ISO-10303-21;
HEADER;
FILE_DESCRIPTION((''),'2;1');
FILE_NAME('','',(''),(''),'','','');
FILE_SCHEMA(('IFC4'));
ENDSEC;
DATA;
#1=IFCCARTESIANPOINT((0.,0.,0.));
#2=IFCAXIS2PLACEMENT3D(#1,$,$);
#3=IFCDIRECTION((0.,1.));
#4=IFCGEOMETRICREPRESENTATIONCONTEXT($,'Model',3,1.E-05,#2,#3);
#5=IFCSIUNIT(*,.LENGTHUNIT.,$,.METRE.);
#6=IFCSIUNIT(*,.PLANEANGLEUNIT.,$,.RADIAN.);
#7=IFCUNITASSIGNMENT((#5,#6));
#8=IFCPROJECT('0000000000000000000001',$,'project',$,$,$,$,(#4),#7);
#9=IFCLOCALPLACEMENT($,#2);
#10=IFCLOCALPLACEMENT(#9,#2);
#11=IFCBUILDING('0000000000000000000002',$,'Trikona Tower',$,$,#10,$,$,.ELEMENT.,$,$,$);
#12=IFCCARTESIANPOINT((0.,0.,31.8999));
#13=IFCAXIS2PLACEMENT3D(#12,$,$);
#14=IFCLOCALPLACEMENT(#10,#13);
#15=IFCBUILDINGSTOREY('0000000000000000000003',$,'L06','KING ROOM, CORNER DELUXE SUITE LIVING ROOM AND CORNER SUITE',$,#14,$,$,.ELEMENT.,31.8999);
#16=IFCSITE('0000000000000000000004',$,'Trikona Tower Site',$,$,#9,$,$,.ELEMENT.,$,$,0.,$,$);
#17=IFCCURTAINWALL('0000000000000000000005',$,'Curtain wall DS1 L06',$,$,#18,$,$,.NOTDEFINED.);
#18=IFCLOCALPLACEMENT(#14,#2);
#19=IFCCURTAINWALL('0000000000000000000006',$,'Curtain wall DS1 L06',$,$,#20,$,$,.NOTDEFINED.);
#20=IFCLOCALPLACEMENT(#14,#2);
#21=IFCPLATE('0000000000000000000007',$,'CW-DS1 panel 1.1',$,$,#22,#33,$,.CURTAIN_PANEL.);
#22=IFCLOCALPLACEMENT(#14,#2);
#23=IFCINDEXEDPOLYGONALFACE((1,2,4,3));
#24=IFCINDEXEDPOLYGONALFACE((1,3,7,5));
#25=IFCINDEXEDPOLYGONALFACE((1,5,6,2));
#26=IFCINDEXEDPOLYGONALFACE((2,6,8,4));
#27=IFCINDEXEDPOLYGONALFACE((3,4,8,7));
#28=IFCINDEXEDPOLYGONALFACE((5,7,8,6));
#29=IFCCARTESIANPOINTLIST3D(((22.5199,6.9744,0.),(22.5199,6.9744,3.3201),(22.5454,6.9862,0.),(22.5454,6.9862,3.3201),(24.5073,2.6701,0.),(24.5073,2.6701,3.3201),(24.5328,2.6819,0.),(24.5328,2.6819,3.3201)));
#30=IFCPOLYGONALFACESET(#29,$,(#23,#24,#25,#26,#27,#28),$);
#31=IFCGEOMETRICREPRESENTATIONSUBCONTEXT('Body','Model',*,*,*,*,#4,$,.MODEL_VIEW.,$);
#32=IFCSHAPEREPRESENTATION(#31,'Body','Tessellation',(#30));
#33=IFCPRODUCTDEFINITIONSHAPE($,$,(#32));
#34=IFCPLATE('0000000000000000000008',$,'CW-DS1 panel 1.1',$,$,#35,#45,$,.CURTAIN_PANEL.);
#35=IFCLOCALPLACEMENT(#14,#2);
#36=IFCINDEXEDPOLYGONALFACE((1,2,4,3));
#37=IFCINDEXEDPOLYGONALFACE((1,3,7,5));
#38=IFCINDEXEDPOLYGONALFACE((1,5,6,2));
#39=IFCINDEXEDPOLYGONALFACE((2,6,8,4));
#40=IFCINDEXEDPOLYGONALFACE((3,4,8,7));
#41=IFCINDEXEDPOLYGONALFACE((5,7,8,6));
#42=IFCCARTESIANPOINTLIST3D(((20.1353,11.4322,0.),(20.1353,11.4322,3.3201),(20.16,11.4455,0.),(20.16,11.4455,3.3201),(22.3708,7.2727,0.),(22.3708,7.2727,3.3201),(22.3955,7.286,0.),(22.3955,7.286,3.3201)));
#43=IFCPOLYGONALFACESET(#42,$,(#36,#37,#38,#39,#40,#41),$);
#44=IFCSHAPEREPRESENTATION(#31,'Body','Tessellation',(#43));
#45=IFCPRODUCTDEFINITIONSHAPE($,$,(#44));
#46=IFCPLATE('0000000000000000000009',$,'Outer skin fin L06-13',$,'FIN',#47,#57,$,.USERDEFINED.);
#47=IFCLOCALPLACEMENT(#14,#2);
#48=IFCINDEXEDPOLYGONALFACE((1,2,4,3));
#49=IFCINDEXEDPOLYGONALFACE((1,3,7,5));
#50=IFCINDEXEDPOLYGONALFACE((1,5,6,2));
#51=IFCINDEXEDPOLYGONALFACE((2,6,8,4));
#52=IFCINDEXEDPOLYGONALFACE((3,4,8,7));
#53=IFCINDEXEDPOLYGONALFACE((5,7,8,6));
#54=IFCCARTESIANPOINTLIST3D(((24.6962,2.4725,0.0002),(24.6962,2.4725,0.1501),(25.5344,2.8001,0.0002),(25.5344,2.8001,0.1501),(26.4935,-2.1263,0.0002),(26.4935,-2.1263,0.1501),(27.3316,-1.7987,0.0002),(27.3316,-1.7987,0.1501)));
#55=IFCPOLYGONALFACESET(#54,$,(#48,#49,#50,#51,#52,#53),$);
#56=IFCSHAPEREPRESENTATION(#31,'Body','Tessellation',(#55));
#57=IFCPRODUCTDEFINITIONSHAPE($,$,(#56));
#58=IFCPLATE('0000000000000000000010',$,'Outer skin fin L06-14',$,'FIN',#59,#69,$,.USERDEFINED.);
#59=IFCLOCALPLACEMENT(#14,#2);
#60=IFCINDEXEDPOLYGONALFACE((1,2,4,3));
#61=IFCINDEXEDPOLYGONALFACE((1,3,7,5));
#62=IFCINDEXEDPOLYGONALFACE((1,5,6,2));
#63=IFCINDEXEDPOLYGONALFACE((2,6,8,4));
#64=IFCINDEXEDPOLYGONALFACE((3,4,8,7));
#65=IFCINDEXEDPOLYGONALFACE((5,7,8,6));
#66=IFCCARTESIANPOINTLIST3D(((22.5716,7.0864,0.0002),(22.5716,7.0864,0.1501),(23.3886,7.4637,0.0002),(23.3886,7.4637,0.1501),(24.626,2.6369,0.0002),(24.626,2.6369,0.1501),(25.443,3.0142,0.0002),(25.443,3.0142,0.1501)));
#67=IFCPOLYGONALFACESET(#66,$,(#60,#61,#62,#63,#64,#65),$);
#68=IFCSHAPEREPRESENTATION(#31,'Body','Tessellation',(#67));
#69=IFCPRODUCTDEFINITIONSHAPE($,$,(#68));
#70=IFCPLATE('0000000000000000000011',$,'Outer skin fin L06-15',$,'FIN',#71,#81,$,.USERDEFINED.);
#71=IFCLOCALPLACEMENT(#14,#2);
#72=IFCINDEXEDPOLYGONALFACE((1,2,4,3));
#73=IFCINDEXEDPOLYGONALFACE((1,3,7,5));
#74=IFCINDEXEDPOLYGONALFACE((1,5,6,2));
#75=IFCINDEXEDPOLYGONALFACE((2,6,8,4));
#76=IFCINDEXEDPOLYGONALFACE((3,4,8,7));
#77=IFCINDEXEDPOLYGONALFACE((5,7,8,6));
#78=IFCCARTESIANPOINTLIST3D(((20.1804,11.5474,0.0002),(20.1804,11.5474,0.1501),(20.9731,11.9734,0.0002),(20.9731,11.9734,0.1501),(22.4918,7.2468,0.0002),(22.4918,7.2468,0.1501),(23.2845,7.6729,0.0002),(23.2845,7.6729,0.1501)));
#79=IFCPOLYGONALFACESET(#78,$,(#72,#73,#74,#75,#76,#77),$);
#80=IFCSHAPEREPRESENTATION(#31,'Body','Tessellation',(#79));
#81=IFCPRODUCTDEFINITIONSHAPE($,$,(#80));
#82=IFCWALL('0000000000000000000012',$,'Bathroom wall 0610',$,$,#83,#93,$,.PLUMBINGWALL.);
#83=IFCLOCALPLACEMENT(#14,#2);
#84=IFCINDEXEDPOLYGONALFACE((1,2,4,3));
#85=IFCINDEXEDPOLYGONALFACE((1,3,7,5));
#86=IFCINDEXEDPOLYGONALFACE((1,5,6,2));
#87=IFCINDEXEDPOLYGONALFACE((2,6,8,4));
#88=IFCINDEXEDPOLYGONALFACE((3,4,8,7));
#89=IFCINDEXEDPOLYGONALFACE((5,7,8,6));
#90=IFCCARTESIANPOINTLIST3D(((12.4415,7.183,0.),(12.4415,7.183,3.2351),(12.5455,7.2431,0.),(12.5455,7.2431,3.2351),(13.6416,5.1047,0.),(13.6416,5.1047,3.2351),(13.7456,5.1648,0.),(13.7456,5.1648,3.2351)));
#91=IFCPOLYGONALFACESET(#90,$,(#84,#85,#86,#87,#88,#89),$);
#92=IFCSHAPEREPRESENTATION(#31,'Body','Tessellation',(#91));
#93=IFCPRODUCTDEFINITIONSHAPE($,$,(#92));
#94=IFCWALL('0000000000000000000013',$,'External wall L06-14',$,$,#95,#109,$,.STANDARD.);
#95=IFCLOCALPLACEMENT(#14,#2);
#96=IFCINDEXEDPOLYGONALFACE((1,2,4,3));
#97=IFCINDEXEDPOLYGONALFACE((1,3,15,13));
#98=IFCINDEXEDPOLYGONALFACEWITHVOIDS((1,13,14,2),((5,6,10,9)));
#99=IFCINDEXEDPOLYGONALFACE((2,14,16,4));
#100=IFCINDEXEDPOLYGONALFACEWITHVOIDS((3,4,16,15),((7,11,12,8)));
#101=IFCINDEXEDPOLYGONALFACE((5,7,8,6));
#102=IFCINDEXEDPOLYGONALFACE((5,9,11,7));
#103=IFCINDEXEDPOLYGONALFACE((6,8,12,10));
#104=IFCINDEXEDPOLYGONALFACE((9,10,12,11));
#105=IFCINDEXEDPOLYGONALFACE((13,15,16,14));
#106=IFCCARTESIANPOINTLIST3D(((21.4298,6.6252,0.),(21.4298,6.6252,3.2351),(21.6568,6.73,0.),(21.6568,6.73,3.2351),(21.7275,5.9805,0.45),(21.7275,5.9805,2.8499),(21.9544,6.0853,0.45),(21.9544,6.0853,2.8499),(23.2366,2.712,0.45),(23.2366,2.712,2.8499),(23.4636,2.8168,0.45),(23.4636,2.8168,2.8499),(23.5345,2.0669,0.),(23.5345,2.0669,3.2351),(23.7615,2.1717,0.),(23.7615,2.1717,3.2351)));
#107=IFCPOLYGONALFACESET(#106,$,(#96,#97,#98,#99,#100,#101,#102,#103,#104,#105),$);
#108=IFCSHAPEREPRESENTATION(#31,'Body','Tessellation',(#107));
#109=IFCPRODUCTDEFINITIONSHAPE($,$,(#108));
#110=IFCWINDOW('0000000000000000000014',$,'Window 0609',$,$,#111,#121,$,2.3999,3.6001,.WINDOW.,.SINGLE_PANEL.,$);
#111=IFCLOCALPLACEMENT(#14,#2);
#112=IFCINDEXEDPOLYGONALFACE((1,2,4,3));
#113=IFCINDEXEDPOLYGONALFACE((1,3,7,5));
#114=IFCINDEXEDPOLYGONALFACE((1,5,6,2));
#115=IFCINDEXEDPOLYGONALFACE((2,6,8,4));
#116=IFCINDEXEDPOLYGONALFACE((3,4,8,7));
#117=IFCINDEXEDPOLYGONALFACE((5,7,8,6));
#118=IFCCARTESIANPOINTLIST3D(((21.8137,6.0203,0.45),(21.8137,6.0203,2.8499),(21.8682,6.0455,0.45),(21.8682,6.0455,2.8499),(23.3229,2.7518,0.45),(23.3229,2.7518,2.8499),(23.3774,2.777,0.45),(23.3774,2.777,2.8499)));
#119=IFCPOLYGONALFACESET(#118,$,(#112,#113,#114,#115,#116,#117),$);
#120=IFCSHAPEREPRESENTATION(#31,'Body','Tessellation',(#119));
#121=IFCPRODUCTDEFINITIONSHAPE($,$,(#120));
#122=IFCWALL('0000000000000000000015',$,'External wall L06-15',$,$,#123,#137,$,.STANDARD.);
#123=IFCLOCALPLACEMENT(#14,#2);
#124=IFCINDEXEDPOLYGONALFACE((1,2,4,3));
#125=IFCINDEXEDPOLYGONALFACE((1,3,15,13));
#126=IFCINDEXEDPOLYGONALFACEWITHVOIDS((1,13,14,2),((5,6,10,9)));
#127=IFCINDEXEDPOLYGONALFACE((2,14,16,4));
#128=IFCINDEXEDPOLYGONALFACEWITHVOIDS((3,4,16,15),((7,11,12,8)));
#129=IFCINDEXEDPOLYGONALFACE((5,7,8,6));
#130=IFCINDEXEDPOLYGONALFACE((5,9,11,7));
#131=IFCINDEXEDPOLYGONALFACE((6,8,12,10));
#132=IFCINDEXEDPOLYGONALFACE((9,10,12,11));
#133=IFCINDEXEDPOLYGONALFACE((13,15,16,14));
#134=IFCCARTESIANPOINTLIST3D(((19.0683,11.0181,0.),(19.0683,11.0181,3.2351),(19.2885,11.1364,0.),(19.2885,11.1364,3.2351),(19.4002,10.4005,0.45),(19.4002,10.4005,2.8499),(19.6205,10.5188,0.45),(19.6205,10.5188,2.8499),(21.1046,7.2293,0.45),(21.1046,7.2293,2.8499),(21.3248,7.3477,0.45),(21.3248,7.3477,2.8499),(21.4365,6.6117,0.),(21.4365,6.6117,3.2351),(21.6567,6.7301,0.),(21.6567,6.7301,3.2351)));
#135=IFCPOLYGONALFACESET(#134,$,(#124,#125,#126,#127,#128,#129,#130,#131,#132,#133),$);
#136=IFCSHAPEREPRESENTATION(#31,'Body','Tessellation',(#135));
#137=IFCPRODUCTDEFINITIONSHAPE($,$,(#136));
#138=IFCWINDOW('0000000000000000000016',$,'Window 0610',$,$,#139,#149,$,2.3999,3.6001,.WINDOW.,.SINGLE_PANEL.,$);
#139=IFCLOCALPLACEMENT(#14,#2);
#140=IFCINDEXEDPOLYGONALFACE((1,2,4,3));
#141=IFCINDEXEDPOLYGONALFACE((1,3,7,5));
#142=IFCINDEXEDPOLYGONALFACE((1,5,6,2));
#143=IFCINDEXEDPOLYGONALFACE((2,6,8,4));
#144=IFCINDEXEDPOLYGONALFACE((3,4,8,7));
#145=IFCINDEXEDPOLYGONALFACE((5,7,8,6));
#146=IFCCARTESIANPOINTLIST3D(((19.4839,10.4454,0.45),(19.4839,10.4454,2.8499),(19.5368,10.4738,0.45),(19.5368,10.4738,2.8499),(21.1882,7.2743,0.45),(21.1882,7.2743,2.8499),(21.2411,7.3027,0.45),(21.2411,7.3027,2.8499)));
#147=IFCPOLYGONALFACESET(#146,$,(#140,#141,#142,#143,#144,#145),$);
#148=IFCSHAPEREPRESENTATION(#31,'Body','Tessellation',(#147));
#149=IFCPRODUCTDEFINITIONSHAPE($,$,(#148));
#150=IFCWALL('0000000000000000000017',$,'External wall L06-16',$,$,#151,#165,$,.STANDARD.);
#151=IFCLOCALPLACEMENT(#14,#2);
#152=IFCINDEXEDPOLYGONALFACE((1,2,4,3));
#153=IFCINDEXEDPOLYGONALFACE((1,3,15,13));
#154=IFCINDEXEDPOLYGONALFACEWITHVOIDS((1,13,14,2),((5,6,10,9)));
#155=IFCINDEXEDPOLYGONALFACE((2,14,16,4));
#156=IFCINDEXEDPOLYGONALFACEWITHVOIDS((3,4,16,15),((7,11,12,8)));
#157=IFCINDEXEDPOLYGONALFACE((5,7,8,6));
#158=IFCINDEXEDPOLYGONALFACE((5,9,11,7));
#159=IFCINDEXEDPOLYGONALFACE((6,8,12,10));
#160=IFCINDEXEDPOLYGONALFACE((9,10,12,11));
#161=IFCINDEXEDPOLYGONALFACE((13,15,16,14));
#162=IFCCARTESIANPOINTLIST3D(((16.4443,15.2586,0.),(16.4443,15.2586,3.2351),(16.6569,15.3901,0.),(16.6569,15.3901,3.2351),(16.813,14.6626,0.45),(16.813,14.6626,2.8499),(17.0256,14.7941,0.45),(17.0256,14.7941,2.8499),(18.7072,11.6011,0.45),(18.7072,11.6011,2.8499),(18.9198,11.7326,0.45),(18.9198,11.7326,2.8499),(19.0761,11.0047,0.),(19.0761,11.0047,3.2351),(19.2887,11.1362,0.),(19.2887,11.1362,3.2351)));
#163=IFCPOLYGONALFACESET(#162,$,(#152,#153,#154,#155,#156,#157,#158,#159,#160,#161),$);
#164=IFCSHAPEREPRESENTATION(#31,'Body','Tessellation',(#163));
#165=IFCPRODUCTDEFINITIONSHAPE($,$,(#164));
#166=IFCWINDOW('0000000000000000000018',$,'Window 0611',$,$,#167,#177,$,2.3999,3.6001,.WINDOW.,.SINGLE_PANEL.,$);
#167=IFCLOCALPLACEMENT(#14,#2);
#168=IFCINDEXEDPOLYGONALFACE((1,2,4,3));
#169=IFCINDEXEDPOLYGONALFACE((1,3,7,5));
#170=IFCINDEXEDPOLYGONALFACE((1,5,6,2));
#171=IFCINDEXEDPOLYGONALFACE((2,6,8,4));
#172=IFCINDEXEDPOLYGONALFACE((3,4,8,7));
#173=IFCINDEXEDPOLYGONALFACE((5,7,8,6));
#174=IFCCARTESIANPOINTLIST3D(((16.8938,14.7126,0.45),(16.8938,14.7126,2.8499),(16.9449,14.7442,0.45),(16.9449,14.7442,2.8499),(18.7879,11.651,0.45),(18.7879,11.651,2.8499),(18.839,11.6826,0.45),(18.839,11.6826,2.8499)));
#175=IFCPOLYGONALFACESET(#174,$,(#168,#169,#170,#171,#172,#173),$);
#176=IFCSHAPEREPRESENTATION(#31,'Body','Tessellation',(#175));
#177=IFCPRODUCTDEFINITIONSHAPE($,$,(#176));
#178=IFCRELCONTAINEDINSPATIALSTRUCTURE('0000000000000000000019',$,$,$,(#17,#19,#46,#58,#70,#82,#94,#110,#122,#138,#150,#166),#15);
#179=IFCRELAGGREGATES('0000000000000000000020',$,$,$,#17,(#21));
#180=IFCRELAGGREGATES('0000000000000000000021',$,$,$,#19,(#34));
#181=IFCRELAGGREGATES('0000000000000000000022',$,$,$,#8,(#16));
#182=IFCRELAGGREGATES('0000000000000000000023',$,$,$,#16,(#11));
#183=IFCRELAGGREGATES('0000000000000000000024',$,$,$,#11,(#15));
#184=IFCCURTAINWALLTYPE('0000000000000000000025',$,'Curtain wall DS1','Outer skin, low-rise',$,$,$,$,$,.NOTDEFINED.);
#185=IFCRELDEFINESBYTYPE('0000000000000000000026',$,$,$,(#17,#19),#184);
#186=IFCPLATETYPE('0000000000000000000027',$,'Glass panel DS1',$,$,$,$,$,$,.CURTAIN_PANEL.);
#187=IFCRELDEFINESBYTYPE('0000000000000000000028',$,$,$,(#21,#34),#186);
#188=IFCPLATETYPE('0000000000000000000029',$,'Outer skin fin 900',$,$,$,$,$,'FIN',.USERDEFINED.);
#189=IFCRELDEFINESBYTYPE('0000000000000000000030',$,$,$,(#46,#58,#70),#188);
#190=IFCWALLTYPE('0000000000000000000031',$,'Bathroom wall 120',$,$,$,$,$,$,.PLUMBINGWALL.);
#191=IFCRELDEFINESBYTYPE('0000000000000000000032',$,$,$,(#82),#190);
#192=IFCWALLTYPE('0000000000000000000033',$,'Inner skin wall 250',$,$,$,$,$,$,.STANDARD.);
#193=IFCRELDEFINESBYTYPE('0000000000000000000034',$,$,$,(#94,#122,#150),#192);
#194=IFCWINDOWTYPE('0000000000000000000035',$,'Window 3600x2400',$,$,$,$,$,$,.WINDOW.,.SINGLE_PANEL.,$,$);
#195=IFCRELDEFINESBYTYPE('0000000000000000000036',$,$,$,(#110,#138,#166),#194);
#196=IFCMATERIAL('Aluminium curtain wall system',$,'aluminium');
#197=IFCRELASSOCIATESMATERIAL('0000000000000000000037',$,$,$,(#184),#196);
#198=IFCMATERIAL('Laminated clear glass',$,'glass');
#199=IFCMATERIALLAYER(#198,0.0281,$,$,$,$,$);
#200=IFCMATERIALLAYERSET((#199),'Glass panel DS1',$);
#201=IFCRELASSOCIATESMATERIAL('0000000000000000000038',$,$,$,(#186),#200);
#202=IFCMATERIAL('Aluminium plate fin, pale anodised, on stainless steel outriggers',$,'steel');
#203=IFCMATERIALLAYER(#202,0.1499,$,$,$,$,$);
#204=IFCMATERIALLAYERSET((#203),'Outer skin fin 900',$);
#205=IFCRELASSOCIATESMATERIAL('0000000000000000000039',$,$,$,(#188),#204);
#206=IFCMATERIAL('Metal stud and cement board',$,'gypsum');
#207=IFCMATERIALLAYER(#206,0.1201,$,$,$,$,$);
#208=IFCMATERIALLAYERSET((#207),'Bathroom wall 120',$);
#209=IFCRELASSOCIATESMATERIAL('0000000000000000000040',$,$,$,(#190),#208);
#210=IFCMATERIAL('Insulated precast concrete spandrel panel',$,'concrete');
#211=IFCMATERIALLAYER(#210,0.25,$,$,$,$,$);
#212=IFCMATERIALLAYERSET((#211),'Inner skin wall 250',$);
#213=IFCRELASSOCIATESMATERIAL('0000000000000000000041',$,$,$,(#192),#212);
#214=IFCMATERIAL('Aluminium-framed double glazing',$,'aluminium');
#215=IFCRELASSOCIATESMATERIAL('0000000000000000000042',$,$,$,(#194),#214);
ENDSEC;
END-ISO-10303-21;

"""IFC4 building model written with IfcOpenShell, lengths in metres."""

from ifc_helpers import new_model, si_unit, direction, frame, frame_2d, origin, origin_2d, place, context, subcontext, project, spatial, rectangle, extrude, material, layer, layer_set, type_object, element, fill, aggregate, save


model = new_model("IFC4")

# Units and contexts
model_context = context("Model", 3, precision=1e-05, world=origin(), true_north=direction((0.0, 1.0)))
body_context = subcontext(model_context, "Body", "Model", "MODEL_VIEW")
ifc_project = project(units=[si_unit("LENGTHUNIT", "METRE"), si_unit("PLANEANGLEUNIT", "RADIAN")], contexts=[model_context])

# Site, building, storey
site_placement = place(None, origin())
site = spatial("IfcSite", under=ifc_project, at=site_placement, Name="Trikona Tower Site", CompositionType="ELEMENT", RefElevation=0.0)
building_placement = place(site_placement, origin())
building = spatial("IfcBuilding", under=site, at=building_placement, Name="Trikona Tower", CompositionType="ELEMENT")
storey_placement = place(building_placement, frame((0.0, 0.0, 31.8999)))
storey = spatial("IfcBuildingStorey", under=building, at=storey_placement, Name="L06", Description="KING ROOM, CORNER DELUXE SUITE LIVING ROOM AND CORNER SUITE", CompositionType="ELEMENT", Elevation=31.8999)

# Shared definitions
ifc_material_1 = material(Name="Aluminium curtain wall system", Category="aluminium")
curtain_wall_type = type_object("IfcCurtainWallType", Name="Curtain wall DS1", Description="Outer skin, low-rise", PredefinedType="NOTDEFINED", material=ifc_material_1)

# Curtain wall
curtain_wall_1_placement = place(storey_placement, origin())
curtain_wall_1 = element("IfcCurtainWall", 1, at=curtain_wall_1_placement, inside=storey, type_object=curtain_wall_type, Name="Curtain wall DS1 L06", PredefinedType="NOTDEFINED")

# Curtain wall
curtain_wall_2_placement = place(storey_placement, origin())
curtain_wall_2 = element("IfcCurtainWall", 2, at=curtain_wall_2_placement, inside=storey, type_object=curtain_wall_type, Name="Curtain wall DS1 L06", PredefinedType="NOTDEFINED")

# Plates
ifc_material_2 = material(Name="Laminated clear glass", Category="glass")
ifc_layer_1 = layer(ifc_material_2, 0.0281)
ifc_layer_set_1 = layer_set([ifc_layer_1], Name="Glass panel DS1")
plate_type_1 = type_object("IfcPlateType", Name="Glass panel DS1", PredefinedType="CURTAIN_PANEL", material=ifc_layer_set_1)
plate_1_placement = place(storey_placement, frame((23.5264, 4.8281, 0.0), z_axis=(0.0, 0.0, 1.0), x_axis=(-0.41919, 0.907898, 0.0)))
plate_1 = element("IfcPlate", 3, at=plate_1_placement, type_object=plate_type_1, Name="CW-DS1 panel 1.1", PredefinedType="CURTAIN_PANEL", context=body_context, shape_type="SweptSolid", body=[
    extrude(rectangle(XDim=4.741, YDim=0.0281, at=origin_2d()), origin(), (0.0, 0.0, 1.0), 3.3201),
])
aggregate(curtain_wall_1, [plate_1])
plate_2_placement = place(storey_placement, frame((21.2654, 9.3591, 0.0), z_axis=(0.0, 0.0, 1.0), x_axis=(-0.473408, 0.880843, 0.0)))
plate_2 = element("IfcPlate", 4, at=plate_2_placement, type_object=plate_type_1, Name="CW-DS1 panel 1.1", PredefinedType="CURTAIN_PANEL", context=body_context, shape_type="SweptSolid", body=[
    extrude(rectangle(XDim=4.7222, YDim=0.0281, at=origin_2d()), origin(), (0.0, 0.0, 1.0), 3.3201),
])
aggregate(curtain_wall_2, [plate_2])

# Plates
ifc_material_3 = material(Name="Aluminium plate fin, pale anodised, on stainless steel outriggers", Category="steel")
ifc_layer_2 = layer(ifc_material_3, 0.1499)
ifc_layer_set_2 = layer_set([ifc_layer_2], Name="Outer skin fin 900")
plate_type_2 = type_object("IfcPlateType", Name="Outer skin fin 900", ElementType="FIN", PredefinedType="USERDEFINED", material=ifc_layer_set_2)
plate_3_placement = place(storey_placement, frame((26.0139, 0.3369, 0.0002), z_axis=(0.0, 0.0, 1.0), x_axis=(-0.364009, 0.931395, 0.0)))
element("IfcPlate", 5, at=plate_3_placement, inside=storey, type_object=plate_type_2, Name="Outer skin fin L06-13", ObjectType="FIN", PredefinedType="USERDEFINED", context=body_context, shape_type="SweptSolid", body=[
    extrude(rectangle(XDim=4.9375, YDim=0.8999, at=origin_2d()), origin(), (0.0, 0.0, 1.0), 0.1499),
])
plate_4_placement = place(storey_placement, frame((24.0073, 5.0503, 0.0002), z_axis=(0.0, 0.0, 1.0), x_axis=(-0.419194, 0.907897, 0.0)))
element("IfcPlate", 6, at=plate_4_placement, inside=storey, type_object=plate_type_2, Name="Outer skin fin L06-14", ObjectType="FIN", PredefinedType="USERDEFINED", context=body_context, shape_type="SweptSolid", body=[
    extrude(rectangle(XDim=4.9009, YDim=0.8999, at=origin_2d()), origin(), (0.0, 0.0, 1.0), 0.1499),
])
plate_5_placement = place(storey_placement, frame((21.7324, 9.6101, 0.0002), z_axis=(0.0, 0.0, 1.0), x_axis=(-0.473423, 0.880835, 0.0)))
element("IfcPlate", 7, at=plate_5_placement, inside=storey, type_object=plate_type_2, Name="Outer skin fin L06-15", ObjectType="FIN", PredefinedType="USERDEFINED", context=body_context, shape_type="SweptSolid", body=[
    extrude(rectangle(XDim=4.8823, YDim=0.8999, at=origin_2d()), origin(), (0.0, 0.0, 1.0), 0.1499),
])

# Wall
ifc_material_4 = material(Name="Metal stud and cement board", Category="gypsum")
ifc_layer_3 = layer(ifc_material_4, 0.1201)
ifc_layer_set_3 = layer_set([ifc_layer_3], Name="Bathroom wall 120")
wall_type_1 = type_object("IfcWallType", Name="Bathroom wall 120", PredefinedType="PLUMBINGWALL", material=ifc_layer_set_3)
wall_1_placement = place(storey_placement, frame((13.6936, 5.1348, 0.0), z_axis=(0.0, 0.0, 1.0), x_axis=(-0.500078, 0.865981, 0.0)))
element("IfcWall", 8, at=wall_1_placement, inside=storey, type_object=wall_type_1, Name="Bathroom wall 0610", PredefinedType="PLUMBINGWALL", context=body_context, shape_type="SweptSolid", body=[
    extrude(rectangle(XDim=2.3999, YDim=0.1201, at=frame_2d((1.2, 0.0))), origin(), (0.0, 0.0, 1.0), 3.2351),
])

# Walls, openings, windows
ifc_material_5 = material(Name="Insulated precast concrete spandrel panel", Category="concrete")
ifc_layer_4 = layer(ifc_material_5, 0.25)
ifc_layer_set_4 = layer_set([ifc_layer_4], Name="Inner skin wall 250")
wall_type_2 = type_object("IfcWallType", Name="Inner skin wall 250", PredefinedType="STANDARD", material=ifc_layer_set_4)
wall_2_placement = place(storey_placement, frame((23.6479, 2.1194, 0.0), z_axis=(0.0, 0.0, 1.0), x_axis=(-0.419203, 0.907892, 0.0)))
wall_2 = element("IfcWall", 9, at=wall_2_placement, inside=storey, type_object=wall_type_2, Name="External wall L06-14", PredefinedType="STANDARD", context=body_context, shape_type="SweptSolid", body=[
    extrude(rectangle(XDim=5.0208, YDim=0.25, at=frame_2d((2.5103, 0.0))), origin(), (0.0, 0.0, 1.0), 3.2351),
])
opening_1_placement = place(wall_2_placement, frame((0.7104, 0.0, 0.45)))
opening_1 = element("IfcOpeningElement", 10, at=opening_1_placement, cuts=wall_2, PredefinedType="OPENING", context=body_context, shape_type="SweptSolid", body=[
    extrude(rectangle(XDim=3.6001, YDim=2.3999, at=frame_2d((1.8, 1.2))), frame((0.0, 0.135, 0.0), z_axis=(0.0, -1.0, 0.0), x_axis=(1.0, 0.0, 0.0)), (0.0, 0.0, 1.0), 0.27),
])
ifc_material_6 = material(Name="Aluminium-framed double glazing", Category="aluminium")
window_type = type_object("IfcWindowType", Name="Window 3600x2400", PartitioningType="SINGLE_PANEL", PredefinedType="WINDOW", material=ifc_material_6)
window_1_placement = place(opening_1_placement, origin())
window_1 = element("IfcWindow", 11, at=window_1_placement, inside=storey, type_object=window_type, Name="Window 0609", OverallHeight=2.3999, OverallWidth=3.6001, PartitioningType="SINGLE_PANEL", PredefinedType="WINDOW", context=body_context, shape_type="SweptSolid", body=[
    extrude(rectangle(XDim=3.6001, YDim=2.3999, at=frame_2d((1.8, 1.2))), frame((0.0, 0.03, 0.0), z_axis=(0.0, -1.0, 0.0), x_axis=(1.0, 0.0, 0.0)), (0.0, 0.0, 1.0), 0.0601),
])
fill(opening_1, window_1)
wall_3_placement = place(storey_placement, frame((21.5466, 6.6709, 0.0), z_axis=(0.0, 0.0, 1.0), x_axis=(-0.473413, 0.880841, 0.0)))
wall_3 = element("IfcWall", 12, at=wall_3_placement, inside=storey, type_object=wall_type_2, Name="External wall L06-15", PredefinedType="STANDARD", context=body_context, shape_type="SweptSolid", body=[
    extrude(rectangle(XDim=5.0024, YDim=0.25, at=frame_2d((2.5012, 0.0))), origin(), (0.0, 0.0, 1.0), 3.2351),
])
opening_2_placement = place(wall_3_placement, frame((0.7012, 0.0, 0.45)))
opening_2 = element("IfcOpeningElement", 13, at=opening_2_placement, cuts=wall_3, PredefinedType="OPENING", context=body_context, shape_type="SweptSolid", body=[
    extrude(rectangle(XDim=3.6001, YDim=2.3999, at=frame_2d((1.8, 1.2))), frame((0.0, 0.135, 0.0), z_axis=(0.0, -1.0, 0.0), x_axis=(1.0, 0.0, 0.0)), (0.0, 0.0, 1.0), 0.27),
])
window_2_placement = place(opening_2_placement, origin())
window_2 = element("IfcWindow", 14, at=window_2_placement, inside=storey, type_object=window_type, Name="Window 0610", OverallHeight=2.3999, OverallWidth=3.6001, PartitioningType="SINGLE_PANEL", PredefinedType="WINDOW", context=body_context, shape_type="SweptSolid", body=[
    extrude(rectangle(XDim=3.6001, YDim=2.3999, at=frame_2d((1.8, 1.2))), frame((0.0, 0.03, 0.0), z_axis=(0.0, -1.0, 0.0), x_axis=(1.0, 0.0, 0.0)), (0.0, 0.0, 1.0), 0.0601),
])
fill(opening_2, window_2)
wall_4_placement = place(storey_placement, frame((19.1824, 11.0706, 0.0), z_axis=(0.0, 0.0, 1.0), x_axis=(-0.526133, 0.850402, 0.0)))
wall_4 = element("IfcWall", 15, at=wall_4_placement, inside=storey, type_object=wall_type_2, Name="External wall L06-16", PredefinedType="STANDARD", context=body_context, shape_type="SweptSolid", body=[
    extrude(rectangle(XDim=5.0022, YDim=0.25, at=frame_2d((2.501, 0.0))), origin(), (0.0, 0.0, 1.0), 3.2351),
])
opening_3_placement = place(wall_4_placement, frame((0.7012, 0.0, 0.45)))
opening_3 = element("IfcOpeningElement", 16, at=opening_3_placement, cuts=wall_4, PredefinedType="OPENING", context=body_context, shape_type="SweptSolid", body=[
    extrude(rectangle(XDim=3.6001, YDim=2.3999, at=frame_2d((1.8, 1.2))), frame((0.0, 0.135, 0.0), z_axis=(0.0, -1.0, 0.0), x_axis=(1.0, 0.0, 0.0)), (0.0, 0.0, 1.0), 0.27),
])
window_3_placement = place(opening_3_placement, origin())
window_3 = element("IfcWindow", 17, at=window_3_placement, inside=storey, type_object=window_type, Name="Window 0611", OverallHeight=2.3999, OverallWidth=3.6001, PartitioningType="SINGLE_PANEL", PredefinedType="WINDOW", context=body_context, shape_type="SweptSolid", body=[
    extrude(rectangle(XDim=3.6001, YDim=2.3999, at=frame_2d((1.8, 1.2))), frame((0.0, 0.03, 0.0), z_axis=(0.0, -1.0, 0.0), x_axis=(1.0, 0.0, 0.0)), (0.0, 0.0, 1.0), 0.0601),
])
fill(opening_3, window_3)

save(model, "model.ifc")
